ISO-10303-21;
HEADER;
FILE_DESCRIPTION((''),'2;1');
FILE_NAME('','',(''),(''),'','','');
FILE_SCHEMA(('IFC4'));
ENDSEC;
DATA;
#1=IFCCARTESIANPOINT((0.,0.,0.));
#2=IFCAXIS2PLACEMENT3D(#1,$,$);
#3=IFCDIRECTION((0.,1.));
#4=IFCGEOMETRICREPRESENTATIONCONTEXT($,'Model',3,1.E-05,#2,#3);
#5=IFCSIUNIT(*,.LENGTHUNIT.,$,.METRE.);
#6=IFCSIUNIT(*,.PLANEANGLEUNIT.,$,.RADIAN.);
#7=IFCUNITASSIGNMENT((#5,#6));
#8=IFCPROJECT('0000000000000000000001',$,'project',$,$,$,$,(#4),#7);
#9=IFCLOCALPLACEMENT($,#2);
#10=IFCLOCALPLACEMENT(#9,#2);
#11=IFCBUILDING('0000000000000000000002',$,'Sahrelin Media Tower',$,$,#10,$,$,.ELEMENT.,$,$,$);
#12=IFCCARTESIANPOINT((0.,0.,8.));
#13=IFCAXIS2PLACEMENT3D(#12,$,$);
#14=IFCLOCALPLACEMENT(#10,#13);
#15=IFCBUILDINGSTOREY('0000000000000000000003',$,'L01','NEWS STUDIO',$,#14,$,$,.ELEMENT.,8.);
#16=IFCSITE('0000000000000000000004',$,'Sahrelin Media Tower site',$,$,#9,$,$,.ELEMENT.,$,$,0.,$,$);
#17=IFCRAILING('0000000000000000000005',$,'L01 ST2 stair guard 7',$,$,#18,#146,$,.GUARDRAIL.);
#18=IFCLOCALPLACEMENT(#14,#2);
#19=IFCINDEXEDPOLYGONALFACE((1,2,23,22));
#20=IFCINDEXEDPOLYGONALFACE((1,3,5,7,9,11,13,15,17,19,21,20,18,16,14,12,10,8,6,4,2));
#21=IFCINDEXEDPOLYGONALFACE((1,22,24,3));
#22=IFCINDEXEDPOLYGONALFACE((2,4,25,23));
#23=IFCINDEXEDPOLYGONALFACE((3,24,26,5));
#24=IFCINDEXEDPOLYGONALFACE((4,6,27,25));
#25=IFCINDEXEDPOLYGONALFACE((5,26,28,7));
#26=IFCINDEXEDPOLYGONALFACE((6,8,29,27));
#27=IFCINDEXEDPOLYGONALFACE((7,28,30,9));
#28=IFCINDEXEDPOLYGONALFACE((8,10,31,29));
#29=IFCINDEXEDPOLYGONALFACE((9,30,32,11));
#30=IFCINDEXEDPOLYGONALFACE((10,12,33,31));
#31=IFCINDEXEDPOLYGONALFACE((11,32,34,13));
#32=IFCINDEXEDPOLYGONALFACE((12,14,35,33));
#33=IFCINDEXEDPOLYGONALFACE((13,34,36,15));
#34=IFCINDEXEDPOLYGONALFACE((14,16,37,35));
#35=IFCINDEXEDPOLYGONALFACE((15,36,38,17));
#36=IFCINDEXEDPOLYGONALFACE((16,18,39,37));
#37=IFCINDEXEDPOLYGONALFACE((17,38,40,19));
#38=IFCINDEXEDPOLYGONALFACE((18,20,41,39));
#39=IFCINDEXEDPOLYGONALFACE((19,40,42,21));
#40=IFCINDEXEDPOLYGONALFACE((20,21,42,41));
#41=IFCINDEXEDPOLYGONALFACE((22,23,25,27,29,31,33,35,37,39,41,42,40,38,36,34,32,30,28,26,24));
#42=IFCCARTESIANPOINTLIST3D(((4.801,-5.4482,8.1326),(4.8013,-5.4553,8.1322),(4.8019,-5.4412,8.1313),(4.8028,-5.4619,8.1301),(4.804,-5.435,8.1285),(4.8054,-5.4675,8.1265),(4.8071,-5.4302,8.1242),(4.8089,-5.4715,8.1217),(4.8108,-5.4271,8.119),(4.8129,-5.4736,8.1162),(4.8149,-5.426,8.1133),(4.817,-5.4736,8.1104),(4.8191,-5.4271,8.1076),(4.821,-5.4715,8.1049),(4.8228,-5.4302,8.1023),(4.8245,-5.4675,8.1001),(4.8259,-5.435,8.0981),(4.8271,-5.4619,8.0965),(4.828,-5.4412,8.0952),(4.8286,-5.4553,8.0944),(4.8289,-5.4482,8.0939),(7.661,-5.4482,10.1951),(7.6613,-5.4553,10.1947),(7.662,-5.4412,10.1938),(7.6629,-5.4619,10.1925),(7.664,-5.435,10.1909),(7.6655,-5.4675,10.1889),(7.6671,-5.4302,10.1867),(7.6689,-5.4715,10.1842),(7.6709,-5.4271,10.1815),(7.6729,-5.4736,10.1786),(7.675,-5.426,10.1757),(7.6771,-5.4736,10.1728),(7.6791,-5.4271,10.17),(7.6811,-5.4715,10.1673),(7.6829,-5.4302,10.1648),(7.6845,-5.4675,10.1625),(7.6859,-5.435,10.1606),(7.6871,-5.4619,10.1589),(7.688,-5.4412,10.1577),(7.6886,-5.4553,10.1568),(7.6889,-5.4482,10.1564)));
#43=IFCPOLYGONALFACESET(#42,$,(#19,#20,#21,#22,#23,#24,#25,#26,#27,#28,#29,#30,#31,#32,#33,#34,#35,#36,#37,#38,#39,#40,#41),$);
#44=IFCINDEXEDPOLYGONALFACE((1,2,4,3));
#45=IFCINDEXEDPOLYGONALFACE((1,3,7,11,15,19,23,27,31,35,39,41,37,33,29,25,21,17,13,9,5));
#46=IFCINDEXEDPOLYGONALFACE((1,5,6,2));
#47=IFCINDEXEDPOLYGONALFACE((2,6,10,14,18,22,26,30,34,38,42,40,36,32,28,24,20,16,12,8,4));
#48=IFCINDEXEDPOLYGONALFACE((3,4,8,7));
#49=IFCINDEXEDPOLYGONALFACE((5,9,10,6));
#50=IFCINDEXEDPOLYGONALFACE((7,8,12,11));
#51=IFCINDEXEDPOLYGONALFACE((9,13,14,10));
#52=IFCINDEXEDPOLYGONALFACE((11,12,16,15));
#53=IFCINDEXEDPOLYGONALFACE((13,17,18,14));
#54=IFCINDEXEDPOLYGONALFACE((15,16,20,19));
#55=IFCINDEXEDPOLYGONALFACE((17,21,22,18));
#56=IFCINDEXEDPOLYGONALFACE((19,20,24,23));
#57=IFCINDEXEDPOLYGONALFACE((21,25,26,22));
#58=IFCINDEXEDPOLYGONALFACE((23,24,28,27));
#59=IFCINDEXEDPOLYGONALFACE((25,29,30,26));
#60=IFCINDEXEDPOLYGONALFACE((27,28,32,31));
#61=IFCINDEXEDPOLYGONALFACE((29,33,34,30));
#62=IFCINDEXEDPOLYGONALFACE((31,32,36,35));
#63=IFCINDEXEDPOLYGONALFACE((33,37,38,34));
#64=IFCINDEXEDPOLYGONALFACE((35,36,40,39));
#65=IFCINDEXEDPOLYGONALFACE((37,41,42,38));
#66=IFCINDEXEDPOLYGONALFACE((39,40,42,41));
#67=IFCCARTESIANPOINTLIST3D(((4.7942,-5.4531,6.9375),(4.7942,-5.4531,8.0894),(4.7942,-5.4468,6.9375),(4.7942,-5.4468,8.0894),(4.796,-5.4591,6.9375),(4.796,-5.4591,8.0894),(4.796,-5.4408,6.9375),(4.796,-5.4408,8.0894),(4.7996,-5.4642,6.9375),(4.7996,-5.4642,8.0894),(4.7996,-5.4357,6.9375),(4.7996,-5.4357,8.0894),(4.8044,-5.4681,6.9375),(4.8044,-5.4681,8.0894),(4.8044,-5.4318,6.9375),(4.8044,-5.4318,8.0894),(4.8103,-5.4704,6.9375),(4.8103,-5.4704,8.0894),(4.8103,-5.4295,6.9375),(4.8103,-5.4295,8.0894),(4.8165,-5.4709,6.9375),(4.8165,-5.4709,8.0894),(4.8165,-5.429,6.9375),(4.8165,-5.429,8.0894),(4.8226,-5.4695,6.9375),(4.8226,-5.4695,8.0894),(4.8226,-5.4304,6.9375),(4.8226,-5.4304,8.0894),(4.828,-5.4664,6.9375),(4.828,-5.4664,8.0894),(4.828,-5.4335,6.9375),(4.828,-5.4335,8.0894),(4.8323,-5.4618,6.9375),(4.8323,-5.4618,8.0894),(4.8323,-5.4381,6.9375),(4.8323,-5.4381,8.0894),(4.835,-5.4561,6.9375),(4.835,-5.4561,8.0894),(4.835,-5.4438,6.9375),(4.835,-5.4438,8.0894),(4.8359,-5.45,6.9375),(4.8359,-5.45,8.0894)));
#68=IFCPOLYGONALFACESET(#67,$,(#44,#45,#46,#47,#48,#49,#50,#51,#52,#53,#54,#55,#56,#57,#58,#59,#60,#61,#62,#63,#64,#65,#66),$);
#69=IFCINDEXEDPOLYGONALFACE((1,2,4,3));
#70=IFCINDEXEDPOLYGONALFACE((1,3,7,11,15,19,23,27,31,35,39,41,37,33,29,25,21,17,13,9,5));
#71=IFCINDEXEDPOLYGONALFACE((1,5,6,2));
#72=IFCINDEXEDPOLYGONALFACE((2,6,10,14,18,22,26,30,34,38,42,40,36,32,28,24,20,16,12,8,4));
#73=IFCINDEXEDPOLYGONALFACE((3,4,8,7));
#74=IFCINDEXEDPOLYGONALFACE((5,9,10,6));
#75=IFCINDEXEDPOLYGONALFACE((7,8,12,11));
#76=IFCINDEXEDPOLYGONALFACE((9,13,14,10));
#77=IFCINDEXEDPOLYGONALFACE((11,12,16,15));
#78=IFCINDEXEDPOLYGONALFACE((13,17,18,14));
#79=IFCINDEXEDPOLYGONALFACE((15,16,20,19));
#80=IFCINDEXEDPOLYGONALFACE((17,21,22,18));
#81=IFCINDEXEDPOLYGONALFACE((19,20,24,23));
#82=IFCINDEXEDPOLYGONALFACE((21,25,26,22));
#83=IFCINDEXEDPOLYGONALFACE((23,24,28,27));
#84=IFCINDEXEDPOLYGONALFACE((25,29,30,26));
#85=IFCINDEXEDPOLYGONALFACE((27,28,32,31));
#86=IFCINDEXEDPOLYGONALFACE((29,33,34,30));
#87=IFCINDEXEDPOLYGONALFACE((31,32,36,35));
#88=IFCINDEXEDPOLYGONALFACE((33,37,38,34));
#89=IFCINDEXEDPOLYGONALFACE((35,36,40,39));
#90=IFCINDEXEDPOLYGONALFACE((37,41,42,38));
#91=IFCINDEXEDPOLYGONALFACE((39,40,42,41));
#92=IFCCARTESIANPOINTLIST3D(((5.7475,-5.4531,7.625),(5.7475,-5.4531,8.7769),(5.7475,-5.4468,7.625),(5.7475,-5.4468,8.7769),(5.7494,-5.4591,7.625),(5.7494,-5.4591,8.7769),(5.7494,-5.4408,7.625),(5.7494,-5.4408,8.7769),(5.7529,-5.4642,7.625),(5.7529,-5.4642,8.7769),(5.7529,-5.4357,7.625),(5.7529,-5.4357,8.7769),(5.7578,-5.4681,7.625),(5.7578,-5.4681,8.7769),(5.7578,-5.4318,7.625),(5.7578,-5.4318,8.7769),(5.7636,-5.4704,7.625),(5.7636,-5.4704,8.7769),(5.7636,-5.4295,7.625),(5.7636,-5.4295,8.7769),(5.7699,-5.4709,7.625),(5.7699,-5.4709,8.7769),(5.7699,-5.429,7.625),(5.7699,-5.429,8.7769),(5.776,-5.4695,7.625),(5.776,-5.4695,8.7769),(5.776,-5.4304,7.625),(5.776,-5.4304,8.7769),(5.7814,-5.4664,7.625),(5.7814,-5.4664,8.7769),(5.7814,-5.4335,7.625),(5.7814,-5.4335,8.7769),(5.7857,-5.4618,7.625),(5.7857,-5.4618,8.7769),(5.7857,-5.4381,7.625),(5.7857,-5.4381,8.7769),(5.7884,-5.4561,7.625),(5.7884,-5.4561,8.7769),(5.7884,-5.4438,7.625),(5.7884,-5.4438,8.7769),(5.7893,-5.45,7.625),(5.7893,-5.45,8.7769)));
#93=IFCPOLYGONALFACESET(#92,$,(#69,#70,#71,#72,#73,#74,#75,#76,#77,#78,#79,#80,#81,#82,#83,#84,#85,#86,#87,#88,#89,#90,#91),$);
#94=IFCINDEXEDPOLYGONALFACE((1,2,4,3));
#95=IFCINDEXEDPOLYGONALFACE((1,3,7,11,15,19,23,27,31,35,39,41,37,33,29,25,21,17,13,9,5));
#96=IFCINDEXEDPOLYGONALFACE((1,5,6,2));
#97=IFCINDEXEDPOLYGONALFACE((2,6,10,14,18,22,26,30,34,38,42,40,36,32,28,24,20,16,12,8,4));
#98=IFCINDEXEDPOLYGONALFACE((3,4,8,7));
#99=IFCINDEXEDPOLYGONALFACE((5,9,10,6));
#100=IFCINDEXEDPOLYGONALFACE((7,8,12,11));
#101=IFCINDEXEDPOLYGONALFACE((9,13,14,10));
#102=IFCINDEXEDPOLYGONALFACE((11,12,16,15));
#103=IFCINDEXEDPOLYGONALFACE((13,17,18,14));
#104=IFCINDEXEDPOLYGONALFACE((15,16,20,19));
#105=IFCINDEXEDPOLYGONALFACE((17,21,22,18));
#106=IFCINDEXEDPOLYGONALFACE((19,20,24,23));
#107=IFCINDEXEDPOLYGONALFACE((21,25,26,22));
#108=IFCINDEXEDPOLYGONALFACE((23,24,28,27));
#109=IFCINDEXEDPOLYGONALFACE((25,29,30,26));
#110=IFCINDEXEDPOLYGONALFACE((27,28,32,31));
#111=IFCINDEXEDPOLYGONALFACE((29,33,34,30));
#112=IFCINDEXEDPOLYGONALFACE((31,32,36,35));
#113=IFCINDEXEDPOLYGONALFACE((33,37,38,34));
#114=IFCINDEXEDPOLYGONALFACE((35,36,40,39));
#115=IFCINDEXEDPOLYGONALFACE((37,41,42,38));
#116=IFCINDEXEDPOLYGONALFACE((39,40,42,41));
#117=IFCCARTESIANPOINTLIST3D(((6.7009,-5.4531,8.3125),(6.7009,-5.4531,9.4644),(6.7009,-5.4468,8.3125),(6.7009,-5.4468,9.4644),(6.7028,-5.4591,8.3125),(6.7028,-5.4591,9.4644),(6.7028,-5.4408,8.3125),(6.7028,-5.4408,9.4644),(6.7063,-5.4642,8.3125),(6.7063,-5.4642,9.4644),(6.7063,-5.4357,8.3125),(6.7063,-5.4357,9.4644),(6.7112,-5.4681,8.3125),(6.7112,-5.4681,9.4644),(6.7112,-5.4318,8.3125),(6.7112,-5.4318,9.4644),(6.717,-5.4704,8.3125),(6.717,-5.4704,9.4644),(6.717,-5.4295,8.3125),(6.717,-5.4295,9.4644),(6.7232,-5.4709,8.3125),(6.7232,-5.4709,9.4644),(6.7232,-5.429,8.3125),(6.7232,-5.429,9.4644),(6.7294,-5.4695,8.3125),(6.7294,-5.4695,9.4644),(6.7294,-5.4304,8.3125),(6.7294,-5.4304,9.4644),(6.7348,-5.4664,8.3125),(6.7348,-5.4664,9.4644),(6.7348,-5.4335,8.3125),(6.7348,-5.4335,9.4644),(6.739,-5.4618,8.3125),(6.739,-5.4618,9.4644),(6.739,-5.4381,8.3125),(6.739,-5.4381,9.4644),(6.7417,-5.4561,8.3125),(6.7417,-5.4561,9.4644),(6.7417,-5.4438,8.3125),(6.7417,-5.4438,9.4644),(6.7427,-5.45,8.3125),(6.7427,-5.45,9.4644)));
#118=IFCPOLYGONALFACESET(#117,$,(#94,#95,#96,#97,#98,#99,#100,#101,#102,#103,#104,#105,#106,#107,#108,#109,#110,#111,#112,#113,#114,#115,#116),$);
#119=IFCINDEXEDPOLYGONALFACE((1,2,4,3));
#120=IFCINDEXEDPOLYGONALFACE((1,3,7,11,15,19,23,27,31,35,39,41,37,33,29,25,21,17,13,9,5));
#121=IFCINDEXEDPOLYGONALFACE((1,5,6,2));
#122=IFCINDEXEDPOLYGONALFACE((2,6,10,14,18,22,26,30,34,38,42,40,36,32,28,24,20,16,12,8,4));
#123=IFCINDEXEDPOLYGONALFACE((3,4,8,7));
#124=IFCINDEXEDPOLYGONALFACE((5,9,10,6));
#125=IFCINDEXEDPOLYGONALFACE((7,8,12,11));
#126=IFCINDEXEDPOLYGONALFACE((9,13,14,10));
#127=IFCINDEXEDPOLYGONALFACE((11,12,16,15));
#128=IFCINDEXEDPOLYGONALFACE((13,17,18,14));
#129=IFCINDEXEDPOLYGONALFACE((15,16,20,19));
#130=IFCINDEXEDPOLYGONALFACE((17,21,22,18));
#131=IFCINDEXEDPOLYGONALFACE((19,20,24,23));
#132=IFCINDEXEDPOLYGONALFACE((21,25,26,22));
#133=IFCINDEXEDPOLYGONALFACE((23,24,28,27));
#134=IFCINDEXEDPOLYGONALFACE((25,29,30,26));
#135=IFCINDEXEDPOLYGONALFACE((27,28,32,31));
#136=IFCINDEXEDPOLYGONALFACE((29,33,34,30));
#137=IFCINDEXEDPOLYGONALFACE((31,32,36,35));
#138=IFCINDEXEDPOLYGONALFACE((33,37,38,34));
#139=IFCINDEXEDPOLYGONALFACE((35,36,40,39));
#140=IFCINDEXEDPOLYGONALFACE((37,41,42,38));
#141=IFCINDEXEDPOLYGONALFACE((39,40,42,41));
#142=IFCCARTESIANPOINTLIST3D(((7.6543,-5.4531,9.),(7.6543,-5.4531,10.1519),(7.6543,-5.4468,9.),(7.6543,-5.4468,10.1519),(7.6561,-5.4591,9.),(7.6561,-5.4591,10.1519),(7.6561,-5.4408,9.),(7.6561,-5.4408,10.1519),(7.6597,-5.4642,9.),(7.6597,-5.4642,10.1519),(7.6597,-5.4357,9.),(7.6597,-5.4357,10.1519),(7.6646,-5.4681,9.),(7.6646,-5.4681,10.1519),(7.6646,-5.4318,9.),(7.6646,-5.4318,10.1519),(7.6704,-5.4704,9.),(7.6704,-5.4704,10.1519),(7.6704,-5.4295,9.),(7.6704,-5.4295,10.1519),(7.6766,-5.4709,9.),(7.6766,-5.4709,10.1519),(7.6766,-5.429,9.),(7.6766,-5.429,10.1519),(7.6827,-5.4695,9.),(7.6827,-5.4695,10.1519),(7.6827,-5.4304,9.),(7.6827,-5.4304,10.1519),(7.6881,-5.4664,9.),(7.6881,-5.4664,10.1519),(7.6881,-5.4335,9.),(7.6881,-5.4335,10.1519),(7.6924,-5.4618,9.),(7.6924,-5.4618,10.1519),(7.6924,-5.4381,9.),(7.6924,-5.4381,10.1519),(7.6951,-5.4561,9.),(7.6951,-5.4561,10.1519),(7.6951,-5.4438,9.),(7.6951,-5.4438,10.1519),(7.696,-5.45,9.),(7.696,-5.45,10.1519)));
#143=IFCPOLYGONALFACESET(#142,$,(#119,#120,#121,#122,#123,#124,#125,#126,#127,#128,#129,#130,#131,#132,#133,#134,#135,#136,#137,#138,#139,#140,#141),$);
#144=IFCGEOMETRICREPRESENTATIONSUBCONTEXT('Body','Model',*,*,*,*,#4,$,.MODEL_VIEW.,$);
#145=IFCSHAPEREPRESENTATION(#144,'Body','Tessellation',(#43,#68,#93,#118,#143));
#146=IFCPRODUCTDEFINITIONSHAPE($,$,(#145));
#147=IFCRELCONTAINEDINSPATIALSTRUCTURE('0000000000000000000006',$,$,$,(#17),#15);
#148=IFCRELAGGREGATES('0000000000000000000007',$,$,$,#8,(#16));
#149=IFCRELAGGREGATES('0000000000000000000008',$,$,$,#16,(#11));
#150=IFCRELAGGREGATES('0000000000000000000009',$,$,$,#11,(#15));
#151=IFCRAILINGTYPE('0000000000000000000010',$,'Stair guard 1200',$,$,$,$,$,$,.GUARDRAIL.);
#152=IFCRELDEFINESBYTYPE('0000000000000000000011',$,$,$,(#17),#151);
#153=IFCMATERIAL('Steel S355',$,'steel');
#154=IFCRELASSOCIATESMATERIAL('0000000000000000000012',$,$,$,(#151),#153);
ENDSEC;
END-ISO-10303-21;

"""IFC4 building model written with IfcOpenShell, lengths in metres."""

from ifc_helpers import new_model, si_unit, direction, frame, origin, origin_2d, place, context, subcontext, project, spatial, circle, extrude, material, type_object, element, save


model = new_model("IFC4")

# Units and contexts
model_context = context("Model", 3, precision=1e-05, world=origin(), true_north=direction((0.0, 1.0)))
body_context = subcontext(model_context, "Body", "Model", "MODEL_VIEW")
ifc_project = project(units=[si_unit("LENGTHUNIT", "METRE"), si_unit("PLANEANGLEUNIT", "RADIAN")], contexts=[model_context])

# Site, building, storey
site_placement = place(None, origin())
site = spatial("IfcSite", under=ifc_project, at=site_placement, Name="Sahrelin Media Tower site", CompositionType="ELEMENT", RefElevation=0.0)
building_placement = place(site_placement, origin())
building = spatial("IfcBuilding", under=site, at=building_placement, Name="Sahrelin Media Tower", CompositionType="ELEMENT")
storey_placement = place(building_placement, frame((0.0, 0.0, 8.0)))
storey = spatial("IfcBuildingStorey", under=building, at=storey_placement, Name="L01", Description="NEWS STUDIO", CompositionType="ELEMENT", Elevation=8.0)

# Railing
ifc_material_1 = material(Name="Steel S355", Category="steel")
railing_type_1 = type_object("IfcRailingType", Name="Stair guard 1200", PredefinedType="GUARDRAIL", material=ifc_material_1)
railing_1_placement = place(storey_placement, frame((4.8149, -5.45, 6.9375)))
element("IfcRailing", 1, at=railing_1_placement, inside=storey, type_object=railing_type_1, Name="L01 ST2 stair guard 7", PredefinedType="GUARDRAIL", context=body_context, shape_type="SweptSolid", body=[
    extrude(circle(Radius=0.0239, at=origin_2d()), frame((0.0, 0.0, 1.1758), z_axis=(0.811101, 0.0, 0.584906), x_axis=(0.0, 1.0, 0.0)), (0.0, 0.0, 1.0), 3.5261),
    extrude(circle(Radius=0.021, at=origin_2d()), origin(), (0.0, 0.0, 1.0), 1.1519),
    extrude(circle(Radius=0.021, at=origin_2d()), frame((0.9534, 0.0, 0.6875)), (0.0, 0.0, 1.0), 1.1519),
    extrude(circle(Radius=0.021, at=origin_2d()), frame((1.9067, 0.0, 1.375)), (0.0, 0.0, 1.0), 1.1519),
    extrude(circle(Radius=0.021, at=origin_2d()), frame((2.8601, 0.0, 2.0625)), (0.0, 0.0, 1.0), 1.1519),
])

save(model, "model.ifc")
